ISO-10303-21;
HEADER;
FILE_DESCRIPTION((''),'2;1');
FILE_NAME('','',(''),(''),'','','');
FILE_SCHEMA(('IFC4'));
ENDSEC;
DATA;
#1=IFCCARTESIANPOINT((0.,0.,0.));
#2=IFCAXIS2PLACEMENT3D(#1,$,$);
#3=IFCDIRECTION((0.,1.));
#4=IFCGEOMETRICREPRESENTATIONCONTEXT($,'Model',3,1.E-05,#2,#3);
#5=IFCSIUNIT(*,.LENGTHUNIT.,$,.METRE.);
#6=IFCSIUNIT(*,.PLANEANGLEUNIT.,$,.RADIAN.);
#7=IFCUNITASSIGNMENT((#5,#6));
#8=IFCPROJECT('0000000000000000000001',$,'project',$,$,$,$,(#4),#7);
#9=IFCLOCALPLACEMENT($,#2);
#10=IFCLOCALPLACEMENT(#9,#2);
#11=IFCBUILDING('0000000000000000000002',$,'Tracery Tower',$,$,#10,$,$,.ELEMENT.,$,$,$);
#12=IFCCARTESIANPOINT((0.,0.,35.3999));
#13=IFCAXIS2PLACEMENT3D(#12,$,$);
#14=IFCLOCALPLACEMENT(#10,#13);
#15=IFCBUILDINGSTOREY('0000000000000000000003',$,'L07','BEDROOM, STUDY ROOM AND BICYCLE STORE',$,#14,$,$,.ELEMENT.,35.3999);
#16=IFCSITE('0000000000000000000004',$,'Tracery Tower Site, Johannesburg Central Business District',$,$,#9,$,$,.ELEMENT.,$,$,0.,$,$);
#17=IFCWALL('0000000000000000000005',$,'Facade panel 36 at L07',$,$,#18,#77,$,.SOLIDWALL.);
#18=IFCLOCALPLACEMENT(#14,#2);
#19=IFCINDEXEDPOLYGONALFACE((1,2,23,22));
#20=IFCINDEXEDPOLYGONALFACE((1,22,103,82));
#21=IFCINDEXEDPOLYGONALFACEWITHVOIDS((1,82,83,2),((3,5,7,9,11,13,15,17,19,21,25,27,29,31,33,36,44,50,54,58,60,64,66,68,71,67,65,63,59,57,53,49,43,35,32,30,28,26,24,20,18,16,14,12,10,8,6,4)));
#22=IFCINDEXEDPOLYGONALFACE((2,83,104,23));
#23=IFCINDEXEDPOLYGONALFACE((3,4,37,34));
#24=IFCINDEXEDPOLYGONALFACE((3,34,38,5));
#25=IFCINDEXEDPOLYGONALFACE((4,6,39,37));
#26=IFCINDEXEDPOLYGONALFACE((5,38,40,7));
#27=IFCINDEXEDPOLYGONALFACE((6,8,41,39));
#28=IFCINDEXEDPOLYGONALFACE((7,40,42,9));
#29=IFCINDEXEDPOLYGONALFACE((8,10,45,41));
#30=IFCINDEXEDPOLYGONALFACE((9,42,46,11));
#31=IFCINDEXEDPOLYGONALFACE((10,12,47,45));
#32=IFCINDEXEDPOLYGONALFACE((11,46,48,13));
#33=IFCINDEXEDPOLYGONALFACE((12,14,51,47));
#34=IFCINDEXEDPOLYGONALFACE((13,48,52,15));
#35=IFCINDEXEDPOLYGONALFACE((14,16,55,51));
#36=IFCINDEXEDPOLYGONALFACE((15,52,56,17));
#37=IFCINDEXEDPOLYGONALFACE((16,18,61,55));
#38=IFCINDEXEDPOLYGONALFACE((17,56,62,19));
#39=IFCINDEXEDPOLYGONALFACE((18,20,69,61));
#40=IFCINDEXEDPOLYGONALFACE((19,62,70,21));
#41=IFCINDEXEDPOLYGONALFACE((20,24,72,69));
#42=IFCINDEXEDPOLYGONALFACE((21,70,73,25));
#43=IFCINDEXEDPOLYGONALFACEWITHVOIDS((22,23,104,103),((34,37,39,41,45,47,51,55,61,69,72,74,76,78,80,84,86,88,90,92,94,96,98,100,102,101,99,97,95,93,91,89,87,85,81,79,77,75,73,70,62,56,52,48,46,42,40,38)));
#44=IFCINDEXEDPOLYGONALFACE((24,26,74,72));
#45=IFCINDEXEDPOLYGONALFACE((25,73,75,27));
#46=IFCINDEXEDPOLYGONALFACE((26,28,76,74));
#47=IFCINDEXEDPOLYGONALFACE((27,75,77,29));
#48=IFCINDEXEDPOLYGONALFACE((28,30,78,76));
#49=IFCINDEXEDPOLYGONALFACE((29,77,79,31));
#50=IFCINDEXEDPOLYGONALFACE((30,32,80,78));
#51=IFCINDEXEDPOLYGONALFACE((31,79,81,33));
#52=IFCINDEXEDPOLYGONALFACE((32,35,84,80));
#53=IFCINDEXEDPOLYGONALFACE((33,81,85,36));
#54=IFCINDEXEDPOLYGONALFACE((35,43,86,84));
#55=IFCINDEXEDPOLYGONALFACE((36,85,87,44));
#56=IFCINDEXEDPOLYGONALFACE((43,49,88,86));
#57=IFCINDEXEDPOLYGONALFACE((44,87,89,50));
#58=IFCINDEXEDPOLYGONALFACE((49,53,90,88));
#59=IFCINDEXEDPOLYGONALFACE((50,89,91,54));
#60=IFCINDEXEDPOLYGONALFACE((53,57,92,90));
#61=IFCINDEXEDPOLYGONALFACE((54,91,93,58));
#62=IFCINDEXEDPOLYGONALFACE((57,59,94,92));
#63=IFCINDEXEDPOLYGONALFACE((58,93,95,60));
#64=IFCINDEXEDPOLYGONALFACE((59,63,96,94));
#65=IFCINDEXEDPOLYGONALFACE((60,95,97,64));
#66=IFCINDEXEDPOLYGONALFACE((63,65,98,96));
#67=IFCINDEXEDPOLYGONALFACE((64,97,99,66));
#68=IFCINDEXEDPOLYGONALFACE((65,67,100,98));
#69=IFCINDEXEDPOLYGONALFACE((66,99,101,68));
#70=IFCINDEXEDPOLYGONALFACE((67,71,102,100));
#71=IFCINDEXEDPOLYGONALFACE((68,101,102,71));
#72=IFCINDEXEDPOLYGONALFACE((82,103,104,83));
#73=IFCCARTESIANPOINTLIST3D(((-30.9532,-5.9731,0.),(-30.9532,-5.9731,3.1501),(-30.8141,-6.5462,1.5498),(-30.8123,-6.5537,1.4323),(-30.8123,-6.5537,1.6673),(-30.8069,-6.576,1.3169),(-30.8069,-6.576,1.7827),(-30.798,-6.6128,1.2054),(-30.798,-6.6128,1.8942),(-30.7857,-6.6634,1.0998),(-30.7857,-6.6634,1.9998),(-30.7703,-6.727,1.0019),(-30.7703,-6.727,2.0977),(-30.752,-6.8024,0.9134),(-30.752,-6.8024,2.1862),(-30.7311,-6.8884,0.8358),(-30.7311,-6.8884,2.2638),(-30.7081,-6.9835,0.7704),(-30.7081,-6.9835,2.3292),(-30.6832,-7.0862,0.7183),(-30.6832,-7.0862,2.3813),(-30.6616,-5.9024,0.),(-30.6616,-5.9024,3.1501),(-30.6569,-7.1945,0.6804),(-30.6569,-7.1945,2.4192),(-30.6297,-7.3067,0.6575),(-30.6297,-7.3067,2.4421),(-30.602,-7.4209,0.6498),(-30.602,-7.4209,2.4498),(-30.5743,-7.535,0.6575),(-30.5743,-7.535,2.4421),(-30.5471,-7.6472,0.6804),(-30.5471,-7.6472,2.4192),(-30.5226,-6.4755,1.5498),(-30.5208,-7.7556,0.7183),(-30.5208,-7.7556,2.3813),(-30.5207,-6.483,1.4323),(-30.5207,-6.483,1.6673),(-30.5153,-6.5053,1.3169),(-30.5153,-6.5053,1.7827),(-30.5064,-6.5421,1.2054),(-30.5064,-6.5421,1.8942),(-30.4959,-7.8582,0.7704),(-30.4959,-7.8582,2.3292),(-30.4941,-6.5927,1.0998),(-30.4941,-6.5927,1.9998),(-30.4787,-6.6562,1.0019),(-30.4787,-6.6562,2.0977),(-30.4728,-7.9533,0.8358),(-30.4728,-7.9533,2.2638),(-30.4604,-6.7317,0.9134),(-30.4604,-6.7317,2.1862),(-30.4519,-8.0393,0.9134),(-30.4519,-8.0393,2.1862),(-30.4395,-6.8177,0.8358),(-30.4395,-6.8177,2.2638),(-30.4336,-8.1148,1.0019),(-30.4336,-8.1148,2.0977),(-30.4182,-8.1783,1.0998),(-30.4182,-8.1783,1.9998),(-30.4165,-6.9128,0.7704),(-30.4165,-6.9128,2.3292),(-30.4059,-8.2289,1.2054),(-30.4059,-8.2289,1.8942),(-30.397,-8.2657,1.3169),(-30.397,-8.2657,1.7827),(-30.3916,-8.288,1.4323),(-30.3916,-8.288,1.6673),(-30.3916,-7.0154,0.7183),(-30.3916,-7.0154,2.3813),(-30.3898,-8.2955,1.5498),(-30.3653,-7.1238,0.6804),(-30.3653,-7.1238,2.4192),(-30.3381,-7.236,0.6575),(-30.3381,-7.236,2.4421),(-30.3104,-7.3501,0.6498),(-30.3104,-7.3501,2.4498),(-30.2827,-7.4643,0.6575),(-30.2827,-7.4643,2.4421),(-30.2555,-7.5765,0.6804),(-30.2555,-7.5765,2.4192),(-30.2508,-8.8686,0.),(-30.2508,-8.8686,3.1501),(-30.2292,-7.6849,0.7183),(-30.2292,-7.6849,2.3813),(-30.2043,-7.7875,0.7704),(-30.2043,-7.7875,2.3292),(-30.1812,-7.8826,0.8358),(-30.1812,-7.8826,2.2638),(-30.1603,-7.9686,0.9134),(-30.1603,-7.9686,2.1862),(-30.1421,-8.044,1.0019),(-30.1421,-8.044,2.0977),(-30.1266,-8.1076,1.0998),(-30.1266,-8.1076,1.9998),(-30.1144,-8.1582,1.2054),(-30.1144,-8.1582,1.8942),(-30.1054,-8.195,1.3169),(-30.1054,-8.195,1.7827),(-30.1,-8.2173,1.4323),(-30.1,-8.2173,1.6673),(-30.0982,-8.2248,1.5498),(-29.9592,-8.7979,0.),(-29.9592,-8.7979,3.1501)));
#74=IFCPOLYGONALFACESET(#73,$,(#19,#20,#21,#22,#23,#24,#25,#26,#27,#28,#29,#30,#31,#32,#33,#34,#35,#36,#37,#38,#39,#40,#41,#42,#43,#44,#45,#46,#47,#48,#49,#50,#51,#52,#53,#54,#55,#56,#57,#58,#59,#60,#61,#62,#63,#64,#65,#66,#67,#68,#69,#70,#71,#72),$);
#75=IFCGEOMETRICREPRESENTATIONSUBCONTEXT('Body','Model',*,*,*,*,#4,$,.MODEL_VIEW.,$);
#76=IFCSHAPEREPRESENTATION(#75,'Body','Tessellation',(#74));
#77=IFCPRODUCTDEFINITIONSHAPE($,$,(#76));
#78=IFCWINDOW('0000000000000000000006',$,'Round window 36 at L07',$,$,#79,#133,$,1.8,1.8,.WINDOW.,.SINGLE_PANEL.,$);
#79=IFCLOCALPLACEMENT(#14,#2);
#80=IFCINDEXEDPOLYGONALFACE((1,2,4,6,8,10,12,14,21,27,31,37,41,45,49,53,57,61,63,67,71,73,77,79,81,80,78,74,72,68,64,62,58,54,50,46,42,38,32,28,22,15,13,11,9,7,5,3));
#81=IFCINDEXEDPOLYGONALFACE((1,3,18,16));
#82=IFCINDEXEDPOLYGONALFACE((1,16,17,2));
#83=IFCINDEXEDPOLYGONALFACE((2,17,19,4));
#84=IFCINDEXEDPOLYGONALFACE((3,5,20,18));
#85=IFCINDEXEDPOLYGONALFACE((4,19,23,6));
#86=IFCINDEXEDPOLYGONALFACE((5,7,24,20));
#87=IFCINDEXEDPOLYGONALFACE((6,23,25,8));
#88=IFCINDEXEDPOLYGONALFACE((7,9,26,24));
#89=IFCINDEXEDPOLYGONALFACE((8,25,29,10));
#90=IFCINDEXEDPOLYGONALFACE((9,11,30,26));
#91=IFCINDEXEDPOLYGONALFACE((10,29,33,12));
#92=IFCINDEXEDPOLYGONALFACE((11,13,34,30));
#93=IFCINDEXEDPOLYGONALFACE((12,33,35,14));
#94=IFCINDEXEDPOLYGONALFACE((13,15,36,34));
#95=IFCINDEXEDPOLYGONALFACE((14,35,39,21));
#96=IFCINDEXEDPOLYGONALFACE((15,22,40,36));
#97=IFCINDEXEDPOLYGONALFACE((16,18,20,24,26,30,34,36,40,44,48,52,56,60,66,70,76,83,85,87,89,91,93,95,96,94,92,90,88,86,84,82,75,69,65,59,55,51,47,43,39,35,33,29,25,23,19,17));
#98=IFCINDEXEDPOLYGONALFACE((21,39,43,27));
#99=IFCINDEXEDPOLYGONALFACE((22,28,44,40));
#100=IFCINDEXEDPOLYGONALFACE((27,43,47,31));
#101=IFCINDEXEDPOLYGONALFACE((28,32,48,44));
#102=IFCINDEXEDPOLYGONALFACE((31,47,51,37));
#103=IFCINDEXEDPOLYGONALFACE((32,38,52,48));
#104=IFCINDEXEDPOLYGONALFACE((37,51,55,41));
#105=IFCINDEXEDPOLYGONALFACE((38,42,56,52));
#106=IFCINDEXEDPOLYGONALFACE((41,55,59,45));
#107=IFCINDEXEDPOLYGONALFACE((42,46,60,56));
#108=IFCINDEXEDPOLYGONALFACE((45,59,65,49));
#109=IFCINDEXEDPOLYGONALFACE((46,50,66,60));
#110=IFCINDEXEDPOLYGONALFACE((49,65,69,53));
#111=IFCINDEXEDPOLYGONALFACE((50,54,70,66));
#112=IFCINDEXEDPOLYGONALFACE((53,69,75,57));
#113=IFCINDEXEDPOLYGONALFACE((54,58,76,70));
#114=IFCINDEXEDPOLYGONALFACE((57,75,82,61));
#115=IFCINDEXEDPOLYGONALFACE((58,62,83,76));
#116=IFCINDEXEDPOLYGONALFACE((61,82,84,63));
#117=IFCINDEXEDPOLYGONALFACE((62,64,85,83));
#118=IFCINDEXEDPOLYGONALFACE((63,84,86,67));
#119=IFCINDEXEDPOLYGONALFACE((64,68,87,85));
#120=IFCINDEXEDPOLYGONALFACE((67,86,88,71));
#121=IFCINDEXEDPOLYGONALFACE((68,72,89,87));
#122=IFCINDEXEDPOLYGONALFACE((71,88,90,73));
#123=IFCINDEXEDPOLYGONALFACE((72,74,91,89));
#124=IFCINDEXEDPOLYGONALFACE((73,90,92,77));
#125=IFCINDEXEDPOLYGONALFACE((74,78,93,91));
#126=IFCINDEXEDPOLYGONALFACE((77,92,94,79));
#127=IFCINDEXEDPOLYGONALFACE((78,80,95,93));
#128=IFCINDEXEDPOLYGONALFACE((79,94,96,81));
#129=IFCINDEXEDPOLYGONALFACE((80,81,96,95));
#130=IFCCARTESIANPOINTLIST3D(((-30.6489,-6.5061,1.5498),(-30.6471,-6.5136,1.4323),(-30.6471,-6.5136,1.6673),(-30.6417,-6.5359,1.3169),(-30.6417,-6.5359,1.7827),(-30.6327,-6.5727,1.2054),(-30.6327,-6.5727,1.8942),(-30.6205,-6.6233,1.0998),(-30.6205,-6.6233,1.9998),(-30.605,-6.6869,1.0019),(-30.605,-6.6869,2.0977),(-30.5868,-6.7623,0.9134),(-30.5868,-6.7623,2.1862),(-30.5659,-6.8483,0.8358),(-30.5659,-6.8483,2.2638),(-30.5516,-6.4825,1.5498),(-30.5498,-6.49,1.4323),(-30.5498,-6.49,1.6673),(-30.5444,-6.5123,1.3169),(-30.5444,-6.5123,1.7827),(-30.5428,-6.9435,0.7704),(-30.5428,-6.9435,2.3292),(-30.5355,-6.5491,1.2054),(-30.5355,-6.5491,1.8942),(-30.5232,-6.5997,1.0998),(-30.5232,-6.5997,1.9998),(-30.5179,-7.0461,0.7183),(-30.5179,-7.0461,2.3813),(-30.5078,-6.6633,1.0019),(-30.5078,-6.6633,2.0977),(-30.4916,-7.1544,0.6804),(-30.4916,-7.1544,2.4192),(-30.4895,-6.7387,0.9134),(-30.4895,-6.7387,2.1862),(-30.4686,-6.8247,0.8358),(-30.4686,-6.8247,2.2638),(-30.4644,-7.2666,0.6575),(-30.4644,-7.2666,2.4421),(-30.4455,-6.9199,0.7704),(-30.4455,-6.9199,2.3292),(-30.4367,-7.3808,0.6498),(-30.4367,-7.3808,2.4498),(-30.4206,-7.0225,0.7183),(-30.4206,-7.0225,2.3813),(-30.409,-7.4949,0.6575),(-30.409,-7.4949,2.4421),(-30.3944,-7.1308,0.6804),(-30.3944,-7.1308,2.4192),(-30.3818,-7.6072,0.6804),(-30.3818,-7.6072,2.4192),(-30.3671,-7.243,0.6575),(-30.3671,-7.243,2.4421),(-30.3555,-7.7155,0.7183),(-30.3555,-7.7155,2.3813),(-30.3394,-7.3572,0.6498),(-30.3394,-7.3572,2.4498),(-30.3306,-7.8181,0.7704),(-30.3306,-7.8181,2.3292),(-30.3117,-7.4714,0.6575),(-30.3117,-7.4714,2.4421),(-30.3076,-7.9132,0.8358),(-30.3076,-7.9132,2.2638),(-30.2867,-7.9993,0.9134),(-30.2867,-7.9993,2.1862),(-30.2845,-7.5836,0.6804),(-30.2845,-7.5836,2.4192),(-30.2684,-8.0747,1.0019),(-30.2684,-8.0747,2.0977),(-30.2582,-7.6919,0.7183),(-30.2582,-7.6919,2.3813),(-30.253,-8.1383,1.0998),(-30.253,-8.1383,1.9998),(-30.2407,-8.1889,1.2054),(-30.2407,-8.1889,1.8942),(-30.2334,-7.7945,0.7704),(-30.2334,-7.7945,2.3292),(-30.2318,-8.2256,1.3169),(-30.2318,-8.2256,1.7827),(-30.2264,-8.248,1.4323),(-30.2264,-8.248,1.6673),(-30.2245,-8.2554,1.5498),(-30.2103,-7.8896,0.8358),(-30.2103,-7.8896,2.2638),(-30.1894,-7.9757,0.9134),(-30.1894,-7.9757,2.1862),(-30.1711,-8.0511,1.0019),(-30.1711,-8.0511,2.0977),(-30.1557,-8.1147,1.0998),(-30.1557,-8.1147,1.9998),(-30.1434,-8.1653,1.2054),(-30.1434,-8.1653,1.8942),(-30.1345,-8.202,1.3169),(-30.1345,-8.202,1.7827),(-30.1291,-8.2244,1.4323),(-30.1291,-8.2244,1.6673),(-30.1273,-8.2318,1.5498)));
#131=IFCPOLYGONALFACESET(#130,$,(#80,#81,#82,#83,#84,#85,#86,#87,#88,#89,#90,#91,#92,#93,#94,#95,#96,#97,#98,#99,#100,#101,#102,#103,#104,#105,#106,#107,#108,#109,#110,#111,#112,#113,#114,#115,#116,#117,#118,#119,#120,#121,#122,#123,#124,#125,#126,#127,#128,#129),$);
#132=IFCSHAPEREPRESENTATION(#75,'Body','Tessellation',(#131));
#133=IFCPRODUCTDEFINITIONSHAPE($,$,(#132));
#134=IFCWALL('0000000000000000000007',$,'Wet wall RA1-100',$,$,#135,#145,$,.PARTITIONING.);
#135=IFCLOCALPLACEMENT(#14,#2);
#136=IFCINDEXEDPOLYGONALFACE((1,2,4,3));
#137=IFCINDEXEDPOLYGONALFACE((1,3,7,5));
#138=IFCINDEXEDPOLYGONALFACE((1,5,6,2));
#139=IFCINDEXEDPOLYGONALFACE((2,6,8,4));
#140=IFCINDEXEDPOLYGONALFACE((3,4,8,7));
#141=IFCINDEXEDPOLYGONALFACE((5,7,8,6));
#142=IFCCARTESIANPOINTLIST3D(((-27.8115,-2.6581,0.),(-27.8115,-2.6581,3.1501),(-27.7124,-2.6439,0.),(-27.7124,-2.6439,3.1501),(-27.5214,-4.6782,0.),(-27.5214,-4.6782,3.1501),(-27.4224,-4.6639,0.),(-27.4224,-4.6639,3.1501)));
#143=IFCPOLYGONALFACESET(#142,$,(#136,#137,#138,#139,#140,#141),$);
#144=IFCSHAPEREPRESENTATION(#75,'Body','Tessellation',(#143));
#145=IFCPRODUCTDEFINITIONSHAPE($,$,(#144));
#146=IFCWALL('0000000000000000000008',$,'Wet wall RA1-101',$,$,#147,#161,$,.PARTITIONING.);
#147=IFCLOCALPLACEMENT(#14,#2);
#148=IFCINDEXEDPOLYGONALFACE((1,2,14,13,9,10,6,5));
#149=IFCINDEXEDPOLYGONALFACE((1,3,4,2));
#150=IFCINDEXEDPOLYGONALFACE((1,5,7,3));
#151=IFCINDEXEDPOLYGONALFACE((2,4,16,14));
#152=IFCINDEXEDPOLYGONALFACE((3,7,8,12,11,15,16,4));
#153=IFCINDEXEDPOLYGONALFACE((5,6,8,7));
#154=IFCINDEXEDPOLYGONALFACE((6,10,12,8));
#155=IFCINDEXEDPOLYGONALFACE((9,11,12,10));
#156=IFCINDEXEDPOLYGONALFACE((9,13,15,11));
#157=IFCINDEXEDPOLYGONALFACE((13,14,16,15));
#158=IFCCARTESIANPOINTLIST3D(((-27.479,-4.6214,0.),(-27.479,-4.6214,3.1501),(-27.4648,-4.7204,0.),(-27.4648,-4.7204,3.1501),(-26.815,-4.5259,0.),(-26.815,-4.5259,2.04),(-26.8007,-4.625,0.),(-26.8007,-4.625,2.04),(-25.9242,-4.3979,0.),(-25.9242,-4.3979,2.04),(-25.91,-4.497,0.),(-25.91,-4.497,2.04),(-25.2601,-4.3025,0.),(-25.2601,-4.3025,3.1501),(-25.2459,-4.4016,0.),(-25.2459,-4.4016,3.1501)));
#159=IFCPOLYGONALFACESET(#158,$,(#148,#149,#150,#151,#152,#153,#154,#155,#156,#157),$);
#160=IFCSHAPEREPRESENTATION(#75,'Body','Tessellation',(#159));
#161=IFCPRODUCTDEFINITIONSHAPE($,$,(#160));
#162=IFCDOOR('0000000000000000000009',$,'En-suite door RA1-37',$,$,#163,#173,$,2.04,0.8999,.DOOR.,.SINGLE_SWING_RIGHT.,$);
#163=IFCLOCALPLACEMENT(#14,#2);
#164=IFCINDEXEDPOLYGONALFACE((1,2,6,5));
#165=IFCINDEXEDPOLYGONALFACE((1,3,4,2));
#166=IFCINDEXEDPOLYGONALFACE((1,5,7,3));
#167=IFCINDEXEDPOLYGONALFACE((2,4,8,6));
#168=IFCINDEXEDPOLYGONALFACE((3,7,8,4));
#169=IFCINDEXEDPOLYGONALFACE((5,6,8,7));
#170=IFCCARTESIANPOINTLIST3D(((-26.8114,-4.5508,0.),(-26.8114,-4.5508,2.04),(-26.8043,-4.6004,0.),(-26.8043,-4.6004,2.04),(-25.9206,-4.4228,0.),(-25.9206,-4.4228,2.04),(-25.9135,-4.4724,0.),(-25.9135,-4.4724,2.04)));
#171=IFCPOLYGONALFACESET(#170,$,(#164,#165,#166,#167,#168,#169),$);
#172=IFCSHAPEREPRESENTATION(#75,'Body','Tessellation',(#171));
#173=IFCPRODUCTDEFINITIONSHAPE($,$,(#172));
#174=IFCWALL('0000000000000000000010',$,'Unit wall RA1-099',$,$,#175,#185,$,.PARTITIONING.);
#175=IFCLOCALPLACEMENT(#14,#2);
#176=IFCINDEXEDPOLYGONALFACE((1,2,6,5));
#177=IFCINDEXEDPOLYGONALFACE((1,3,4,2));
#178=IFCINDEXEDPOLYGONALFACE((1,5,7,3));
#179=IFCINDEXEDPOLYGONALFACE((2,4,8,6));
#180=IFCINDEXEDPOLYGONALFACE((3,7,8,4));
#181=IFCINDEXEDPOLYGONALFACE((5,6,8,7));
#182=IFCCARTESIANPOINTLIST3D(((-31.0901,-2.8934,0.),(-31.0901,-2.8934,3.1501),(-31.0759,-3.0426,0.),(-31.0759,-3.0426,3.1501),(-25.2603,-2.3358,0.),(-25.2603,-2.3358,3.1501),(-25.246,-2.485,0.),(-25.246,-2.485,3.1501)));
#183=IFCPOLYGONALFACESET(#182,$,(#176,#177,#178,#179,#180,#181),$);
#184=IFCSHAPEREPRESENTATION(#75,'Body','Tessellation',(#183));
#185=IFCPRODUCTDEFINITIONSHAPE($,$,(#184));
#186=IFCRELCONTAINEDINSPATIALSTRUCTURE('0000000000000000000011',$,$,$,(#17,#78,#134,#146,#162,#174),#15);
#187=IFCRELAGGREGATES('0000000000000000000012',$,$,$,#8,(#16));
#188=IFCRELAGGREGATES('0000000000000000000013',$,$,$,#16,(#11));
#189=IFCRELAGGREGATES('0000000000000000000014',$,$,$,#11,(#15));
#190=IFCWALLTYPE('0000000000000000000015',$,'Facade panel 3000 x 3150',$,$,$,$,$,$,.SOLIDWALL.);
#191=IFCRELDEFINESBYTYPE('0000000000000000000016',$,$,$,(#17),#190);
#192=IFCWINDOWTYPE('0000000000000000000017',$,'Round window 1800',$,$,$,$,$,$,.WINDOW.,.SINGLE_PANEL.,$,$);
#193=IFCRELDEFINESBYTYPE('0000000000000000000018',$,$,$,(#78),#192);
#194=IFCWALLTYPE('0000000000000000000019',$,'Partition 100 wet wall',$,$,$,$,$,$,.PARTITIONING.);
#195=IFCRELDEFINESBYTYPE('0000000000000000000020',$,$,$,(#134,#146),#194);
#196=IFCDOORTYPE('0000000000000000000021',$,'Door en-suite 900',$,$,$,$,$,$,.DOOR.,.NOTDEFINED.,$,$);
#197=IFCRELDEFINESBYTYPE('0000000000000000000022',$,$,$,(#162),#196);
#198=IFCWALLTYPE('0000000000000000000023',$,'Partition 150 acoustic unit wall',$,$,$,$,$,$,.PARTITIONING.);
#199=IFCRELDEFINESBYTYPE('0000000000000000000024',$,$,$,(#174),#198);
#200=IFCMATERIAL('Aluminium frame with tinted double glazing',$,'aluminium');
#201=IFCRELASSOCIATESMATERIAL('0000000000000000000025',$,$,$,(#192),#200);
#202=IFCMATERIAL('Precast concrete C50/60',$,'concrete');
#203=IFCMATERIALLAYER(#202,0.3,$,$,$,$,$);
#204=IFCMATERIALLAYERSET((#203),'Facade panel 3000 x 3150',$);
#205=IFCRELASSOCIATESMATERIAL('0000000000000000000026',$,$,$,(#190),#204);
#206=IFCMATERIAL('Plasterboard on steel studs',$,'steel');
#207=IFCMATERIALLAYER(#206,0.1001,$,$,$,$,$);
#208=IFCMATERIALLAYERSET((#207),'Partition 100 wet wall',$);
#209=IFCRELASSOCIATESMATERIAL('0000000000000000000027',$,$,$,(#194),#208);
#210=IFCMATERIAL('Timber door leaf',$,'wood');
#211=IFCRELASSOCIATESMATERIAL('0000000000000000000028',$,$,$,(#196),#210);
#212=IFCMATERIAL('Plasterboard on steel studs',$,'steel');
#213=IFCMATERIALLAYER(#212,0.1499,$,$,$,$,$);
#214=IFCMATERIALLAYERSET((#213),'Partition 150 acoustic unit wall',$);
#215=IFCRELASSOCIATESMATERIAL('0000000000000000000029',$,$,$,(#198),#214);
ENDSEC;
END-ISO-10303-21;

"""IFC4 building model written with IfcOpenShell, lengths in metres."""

from ifc_helpers import new_model, si_unit, direction, frame, frame_2d, origin, origin_2d, place, context, subcontext, project, spatial, rectangle, circle, extrude, material, layer, layer_set, type_object, element, fill, save


model = new_model("IFC4")

# Units and contexts
model_context = context("Model", 3, precision=1e-05, world=origin(), true_north=direction((0.0, 1.0)))
body_context = subcontext(model_context, "Body", "Model", "MODEL_VIEW")
ifc_project = project(units=[si_unit("LENGTHUNIT", "METRE"), si_unit("PLANEANGLEUNIT", "RADIAN")], contexts=[model_context])

# Site, building, storey
site_placement = place(None, origin())
site = spatial("IfcSite", under=ifc_project, at=site_placement, Name="Tracery Tower Site, Johannesburg Central Business District", CompositionType="ELEMENT", RefElevation=0.0)
building_placement = place(site_placement, origin())
building = spatial("IfcBuilding", under=site, at=building_placement, Name="Tracery Tower", CompositionType="ELEMENT")
storey_placement = place(building_placement, frame((0.0, 0.0, 35.3999)))
storey = spatial("IfcBuildingStorey", under=building, at=storey_placement, Name="L07", Description="BEDROOM, STUDY ROOM AND BICYCLE STORE", CompositionType="ELEMENT", Elevation=35.3999)

# Wall, opening, window
ifc_material_1 = material(Name="Aluminium frame with tinted double glazing", Category="aluminium")
window_type = type_object("IfcWindowType", Name="Round window 1800", PartitioningType="SINGLE_PANEL", PredefinedType="WINDOW", material=ifc_material_1)
ifc_material_2 = material(Name="Precast concrete C50/60", Category="concrete")
ifc_layer_1 = layer(ifc_material_2, 0.3)
ifc_layer_set_1 = layer_set([ifc_layer_1], Name="Facade panel 3000 x 3150")
wall_type_1 = type_object("IfcWallType", Name="Facade panel 3000 x 3150", PredefinedType="SOLIDWALL", material=ifc_layer_set_1)
wall_1_placement = place(storey_placement, frame((-30.8074, -5.9377, 0.0), z_axis=(0.0, 0.0, 1.0), x_axis=(0.235743, -0.971815, 0.0)))
wall_1 = element("IfcWall", 1, at=wall_1_placement, inside=storey, type_object=wall_type_1, Name="Facade panel 36 at L07", PredefinedType="SOLIDWALL", context=body_context, shape_type="SweptSolid", body=[
    extrude(rectangle(XDim=2.9795, YDim=0.3, at=frame_2d((1.4897, 0.0))), origin(), (0.0, 0.0, 1.0), 3.1501),
])
opening_1_placement = place(wall_1_placement, frame((1.4897, 0.0, 1.5498)))
opening_1 = element("IfcOpeningElement", 2, at=opening_1_placement, cuts=wall_1, PredefinedType="OPENING", context=body_context, shape_type="SweptSolid", body=[
    extrude(circle(Radius=0.9, at=origin_2d()), frame((0.0, 0.1599, 0.0), z_axis=(0.0, -1.0, 0.0), x_axis=(1.0, 0.0, 0.0)), (0.0, 0.0, 1.0), 0.3201),
])
window_1_placement = place(opening_1_placement, origin())
window_1 = element("IfcWindow", 3, at=window_1_placement, inside=storey, type_object=window_type, Name="Round window 36 at L07", OverallHeight=1.8, OverallWidth=1.8, PartitioningType="SINGLE_PANEL", PredefinedType="WINDOW", context=body_context, shape_type="SweptSolid", body=[
    extrude(circle(Radius=0.9, at=origin_2d()), frame((0.0, 0.1201, 0.0), z_axis=(0.0, -1.0, 0.0), x_axis=(1.0, 0.0, 0.0)), (0.0, 0.0, 1.0), 0.1001),
])
fill(opening_1, window_1)

# Wall
ifc_material_3 = material(Name="Plasterboard on steel studs", Category="steel")
ifc_layer_2 = layer(ifc_material_3, 0.1001)
ifc_layer_set_2 = layer_set([ifc_layer_2], Name="Partition 100 wet wall")
wall_type_2 = type_object("IfcWallType", Name="Partition 100 wet wall", PredefinedType="PARTITIONING", material=ifc_layer_set_2)
wall_2_placement = place(storey_placement, frame((-27.762, -2.6509, 0.0), z_axis=(0.0, 0.0, 1.0), x_axis=(0.142125, -0.989849, 0.0)))
element("IfcWall", 4, at=wall_2_placement, inside=storey, type_object=wall_type_2, Name="Wet wall RA1-100", PredefinedType="PARTITIONING", context=body_context, shape_type="SweptSolid", body=[
    extrude(rectangle(XDim=2.0408, YDim=0.1001, at=frame_2d((1.0205, 0.0))), origin(), (0.0, 0.0, 1.0), 3.1501),
])

# Wall, opening, door
wall_3_placement = place(storey_placement, frame((-27.4719, -4.6709, 0.0), z_axis=(0.0, 0.0, 1.0), x_axis=(0.989834, 0.142229, 0.0)))
wall_3 = element("IfcWall", 5, at=wall_3_placement, inside=storey, type_object=wall_type_2, Name="Wet wall RA1-101", PredefinedType="PARTITIONING", context=body_context, shape_type="SweptSolid", body=[
    extrude(rectangle(XDim=2.2417, YDim=0.1001, at=frame_2d((1.1208, 0.0))), origin(), (0.0, 0.0, 1.0), 3.1501),
])
opening_2_placement = place(wall_3_placement, frame((0.6709, 0.0, 0.0)))
opening_2 = element("IfcOpeningElement", 6, at=opening_2_placement, cuts=wall_3, PredefinedType="OPENING", context=body_context, shape_type="SweptSolid", body=[
    extrude(rectangle(XDim=0.8999, YDim=2.04, at=frame_2d((0.45, 1.02))), frame((0.0, 0.05, 0.0), z_axis=(0.0, -1.0, 0.0), x_axis=(1.0, 0.0, 0.0)), (0.0, 0.0, 1.0), 0.1001),
])
ifc_material_4 = material(Name="Timber door leaf", Category="wood")
door_type = type_object("IfcDoorType", Name="Door en-suite 900", OperationType="NOTDEFINED", PredefinedType="DOOR", material=ifc_material_4)
door_placement = place(opening_2_placement, origin())
door = element("IfcDoor", 7, at=door_placement, inside=storey, type_object=door_type, Name="En-suite door RA1-37", OperationType="SINGLE_SWING_RIGHT", OverallHeight=2.04, OverallWidth=0.8999, PredefinedType="DOOR", context=body_context, shape_type="SweptSolid", body=[
    extrude(rectangle(XDim=0.8999, YDim=2.04, at=frame_2d((0.45, 1.02))), frame((0.0, 0.0249, 0.0), z_axis=(0.0, -1.0, 0.0), x_axis=(1.0, 0.0, 0.0)), (0.0, 0.0, 1.0), 0.05),
])
fill(opening_2, door)

# Wall
ifc_material_5 = material(Name="Plasterboard on steel studs", Category="steel")
ifc_layer_3 = layer(ifc_material_5, 0.1499)
ifc_layer_set_3 = layer_set([ifc_layer_3], Name="Partition 150 acoustic unit wall")
wall_type_3 = type_object("IfcWallType", Name="Partition 150 acoustic unit wall", PredefinedType="PARTITIONING", material=ifc_layer_set_3)
wall_4_placement = place(storey_placement, frame((-31.083, -2.968, 0.0), z_axis=(0.0, 0.0, 1.0), x_axis=(0.995457, 0.095214, 0.0)))
element("IfcWall", 8, at=wall_4_placement, inside=storey, type_object=wall_type_3, Name="Unit wall RA1-099", PredefinedType="PARTITIONING", context=body_context, shape_type="SweptSolid", body=[
    extrude(rectangle(XDim=5.8564, YDim=0.1499, at=frame_2d((2.9282, 0.0))), origin(), (0.0, 0.0, 1.0), 3.1501),
])

save(model, "model.ifc")
